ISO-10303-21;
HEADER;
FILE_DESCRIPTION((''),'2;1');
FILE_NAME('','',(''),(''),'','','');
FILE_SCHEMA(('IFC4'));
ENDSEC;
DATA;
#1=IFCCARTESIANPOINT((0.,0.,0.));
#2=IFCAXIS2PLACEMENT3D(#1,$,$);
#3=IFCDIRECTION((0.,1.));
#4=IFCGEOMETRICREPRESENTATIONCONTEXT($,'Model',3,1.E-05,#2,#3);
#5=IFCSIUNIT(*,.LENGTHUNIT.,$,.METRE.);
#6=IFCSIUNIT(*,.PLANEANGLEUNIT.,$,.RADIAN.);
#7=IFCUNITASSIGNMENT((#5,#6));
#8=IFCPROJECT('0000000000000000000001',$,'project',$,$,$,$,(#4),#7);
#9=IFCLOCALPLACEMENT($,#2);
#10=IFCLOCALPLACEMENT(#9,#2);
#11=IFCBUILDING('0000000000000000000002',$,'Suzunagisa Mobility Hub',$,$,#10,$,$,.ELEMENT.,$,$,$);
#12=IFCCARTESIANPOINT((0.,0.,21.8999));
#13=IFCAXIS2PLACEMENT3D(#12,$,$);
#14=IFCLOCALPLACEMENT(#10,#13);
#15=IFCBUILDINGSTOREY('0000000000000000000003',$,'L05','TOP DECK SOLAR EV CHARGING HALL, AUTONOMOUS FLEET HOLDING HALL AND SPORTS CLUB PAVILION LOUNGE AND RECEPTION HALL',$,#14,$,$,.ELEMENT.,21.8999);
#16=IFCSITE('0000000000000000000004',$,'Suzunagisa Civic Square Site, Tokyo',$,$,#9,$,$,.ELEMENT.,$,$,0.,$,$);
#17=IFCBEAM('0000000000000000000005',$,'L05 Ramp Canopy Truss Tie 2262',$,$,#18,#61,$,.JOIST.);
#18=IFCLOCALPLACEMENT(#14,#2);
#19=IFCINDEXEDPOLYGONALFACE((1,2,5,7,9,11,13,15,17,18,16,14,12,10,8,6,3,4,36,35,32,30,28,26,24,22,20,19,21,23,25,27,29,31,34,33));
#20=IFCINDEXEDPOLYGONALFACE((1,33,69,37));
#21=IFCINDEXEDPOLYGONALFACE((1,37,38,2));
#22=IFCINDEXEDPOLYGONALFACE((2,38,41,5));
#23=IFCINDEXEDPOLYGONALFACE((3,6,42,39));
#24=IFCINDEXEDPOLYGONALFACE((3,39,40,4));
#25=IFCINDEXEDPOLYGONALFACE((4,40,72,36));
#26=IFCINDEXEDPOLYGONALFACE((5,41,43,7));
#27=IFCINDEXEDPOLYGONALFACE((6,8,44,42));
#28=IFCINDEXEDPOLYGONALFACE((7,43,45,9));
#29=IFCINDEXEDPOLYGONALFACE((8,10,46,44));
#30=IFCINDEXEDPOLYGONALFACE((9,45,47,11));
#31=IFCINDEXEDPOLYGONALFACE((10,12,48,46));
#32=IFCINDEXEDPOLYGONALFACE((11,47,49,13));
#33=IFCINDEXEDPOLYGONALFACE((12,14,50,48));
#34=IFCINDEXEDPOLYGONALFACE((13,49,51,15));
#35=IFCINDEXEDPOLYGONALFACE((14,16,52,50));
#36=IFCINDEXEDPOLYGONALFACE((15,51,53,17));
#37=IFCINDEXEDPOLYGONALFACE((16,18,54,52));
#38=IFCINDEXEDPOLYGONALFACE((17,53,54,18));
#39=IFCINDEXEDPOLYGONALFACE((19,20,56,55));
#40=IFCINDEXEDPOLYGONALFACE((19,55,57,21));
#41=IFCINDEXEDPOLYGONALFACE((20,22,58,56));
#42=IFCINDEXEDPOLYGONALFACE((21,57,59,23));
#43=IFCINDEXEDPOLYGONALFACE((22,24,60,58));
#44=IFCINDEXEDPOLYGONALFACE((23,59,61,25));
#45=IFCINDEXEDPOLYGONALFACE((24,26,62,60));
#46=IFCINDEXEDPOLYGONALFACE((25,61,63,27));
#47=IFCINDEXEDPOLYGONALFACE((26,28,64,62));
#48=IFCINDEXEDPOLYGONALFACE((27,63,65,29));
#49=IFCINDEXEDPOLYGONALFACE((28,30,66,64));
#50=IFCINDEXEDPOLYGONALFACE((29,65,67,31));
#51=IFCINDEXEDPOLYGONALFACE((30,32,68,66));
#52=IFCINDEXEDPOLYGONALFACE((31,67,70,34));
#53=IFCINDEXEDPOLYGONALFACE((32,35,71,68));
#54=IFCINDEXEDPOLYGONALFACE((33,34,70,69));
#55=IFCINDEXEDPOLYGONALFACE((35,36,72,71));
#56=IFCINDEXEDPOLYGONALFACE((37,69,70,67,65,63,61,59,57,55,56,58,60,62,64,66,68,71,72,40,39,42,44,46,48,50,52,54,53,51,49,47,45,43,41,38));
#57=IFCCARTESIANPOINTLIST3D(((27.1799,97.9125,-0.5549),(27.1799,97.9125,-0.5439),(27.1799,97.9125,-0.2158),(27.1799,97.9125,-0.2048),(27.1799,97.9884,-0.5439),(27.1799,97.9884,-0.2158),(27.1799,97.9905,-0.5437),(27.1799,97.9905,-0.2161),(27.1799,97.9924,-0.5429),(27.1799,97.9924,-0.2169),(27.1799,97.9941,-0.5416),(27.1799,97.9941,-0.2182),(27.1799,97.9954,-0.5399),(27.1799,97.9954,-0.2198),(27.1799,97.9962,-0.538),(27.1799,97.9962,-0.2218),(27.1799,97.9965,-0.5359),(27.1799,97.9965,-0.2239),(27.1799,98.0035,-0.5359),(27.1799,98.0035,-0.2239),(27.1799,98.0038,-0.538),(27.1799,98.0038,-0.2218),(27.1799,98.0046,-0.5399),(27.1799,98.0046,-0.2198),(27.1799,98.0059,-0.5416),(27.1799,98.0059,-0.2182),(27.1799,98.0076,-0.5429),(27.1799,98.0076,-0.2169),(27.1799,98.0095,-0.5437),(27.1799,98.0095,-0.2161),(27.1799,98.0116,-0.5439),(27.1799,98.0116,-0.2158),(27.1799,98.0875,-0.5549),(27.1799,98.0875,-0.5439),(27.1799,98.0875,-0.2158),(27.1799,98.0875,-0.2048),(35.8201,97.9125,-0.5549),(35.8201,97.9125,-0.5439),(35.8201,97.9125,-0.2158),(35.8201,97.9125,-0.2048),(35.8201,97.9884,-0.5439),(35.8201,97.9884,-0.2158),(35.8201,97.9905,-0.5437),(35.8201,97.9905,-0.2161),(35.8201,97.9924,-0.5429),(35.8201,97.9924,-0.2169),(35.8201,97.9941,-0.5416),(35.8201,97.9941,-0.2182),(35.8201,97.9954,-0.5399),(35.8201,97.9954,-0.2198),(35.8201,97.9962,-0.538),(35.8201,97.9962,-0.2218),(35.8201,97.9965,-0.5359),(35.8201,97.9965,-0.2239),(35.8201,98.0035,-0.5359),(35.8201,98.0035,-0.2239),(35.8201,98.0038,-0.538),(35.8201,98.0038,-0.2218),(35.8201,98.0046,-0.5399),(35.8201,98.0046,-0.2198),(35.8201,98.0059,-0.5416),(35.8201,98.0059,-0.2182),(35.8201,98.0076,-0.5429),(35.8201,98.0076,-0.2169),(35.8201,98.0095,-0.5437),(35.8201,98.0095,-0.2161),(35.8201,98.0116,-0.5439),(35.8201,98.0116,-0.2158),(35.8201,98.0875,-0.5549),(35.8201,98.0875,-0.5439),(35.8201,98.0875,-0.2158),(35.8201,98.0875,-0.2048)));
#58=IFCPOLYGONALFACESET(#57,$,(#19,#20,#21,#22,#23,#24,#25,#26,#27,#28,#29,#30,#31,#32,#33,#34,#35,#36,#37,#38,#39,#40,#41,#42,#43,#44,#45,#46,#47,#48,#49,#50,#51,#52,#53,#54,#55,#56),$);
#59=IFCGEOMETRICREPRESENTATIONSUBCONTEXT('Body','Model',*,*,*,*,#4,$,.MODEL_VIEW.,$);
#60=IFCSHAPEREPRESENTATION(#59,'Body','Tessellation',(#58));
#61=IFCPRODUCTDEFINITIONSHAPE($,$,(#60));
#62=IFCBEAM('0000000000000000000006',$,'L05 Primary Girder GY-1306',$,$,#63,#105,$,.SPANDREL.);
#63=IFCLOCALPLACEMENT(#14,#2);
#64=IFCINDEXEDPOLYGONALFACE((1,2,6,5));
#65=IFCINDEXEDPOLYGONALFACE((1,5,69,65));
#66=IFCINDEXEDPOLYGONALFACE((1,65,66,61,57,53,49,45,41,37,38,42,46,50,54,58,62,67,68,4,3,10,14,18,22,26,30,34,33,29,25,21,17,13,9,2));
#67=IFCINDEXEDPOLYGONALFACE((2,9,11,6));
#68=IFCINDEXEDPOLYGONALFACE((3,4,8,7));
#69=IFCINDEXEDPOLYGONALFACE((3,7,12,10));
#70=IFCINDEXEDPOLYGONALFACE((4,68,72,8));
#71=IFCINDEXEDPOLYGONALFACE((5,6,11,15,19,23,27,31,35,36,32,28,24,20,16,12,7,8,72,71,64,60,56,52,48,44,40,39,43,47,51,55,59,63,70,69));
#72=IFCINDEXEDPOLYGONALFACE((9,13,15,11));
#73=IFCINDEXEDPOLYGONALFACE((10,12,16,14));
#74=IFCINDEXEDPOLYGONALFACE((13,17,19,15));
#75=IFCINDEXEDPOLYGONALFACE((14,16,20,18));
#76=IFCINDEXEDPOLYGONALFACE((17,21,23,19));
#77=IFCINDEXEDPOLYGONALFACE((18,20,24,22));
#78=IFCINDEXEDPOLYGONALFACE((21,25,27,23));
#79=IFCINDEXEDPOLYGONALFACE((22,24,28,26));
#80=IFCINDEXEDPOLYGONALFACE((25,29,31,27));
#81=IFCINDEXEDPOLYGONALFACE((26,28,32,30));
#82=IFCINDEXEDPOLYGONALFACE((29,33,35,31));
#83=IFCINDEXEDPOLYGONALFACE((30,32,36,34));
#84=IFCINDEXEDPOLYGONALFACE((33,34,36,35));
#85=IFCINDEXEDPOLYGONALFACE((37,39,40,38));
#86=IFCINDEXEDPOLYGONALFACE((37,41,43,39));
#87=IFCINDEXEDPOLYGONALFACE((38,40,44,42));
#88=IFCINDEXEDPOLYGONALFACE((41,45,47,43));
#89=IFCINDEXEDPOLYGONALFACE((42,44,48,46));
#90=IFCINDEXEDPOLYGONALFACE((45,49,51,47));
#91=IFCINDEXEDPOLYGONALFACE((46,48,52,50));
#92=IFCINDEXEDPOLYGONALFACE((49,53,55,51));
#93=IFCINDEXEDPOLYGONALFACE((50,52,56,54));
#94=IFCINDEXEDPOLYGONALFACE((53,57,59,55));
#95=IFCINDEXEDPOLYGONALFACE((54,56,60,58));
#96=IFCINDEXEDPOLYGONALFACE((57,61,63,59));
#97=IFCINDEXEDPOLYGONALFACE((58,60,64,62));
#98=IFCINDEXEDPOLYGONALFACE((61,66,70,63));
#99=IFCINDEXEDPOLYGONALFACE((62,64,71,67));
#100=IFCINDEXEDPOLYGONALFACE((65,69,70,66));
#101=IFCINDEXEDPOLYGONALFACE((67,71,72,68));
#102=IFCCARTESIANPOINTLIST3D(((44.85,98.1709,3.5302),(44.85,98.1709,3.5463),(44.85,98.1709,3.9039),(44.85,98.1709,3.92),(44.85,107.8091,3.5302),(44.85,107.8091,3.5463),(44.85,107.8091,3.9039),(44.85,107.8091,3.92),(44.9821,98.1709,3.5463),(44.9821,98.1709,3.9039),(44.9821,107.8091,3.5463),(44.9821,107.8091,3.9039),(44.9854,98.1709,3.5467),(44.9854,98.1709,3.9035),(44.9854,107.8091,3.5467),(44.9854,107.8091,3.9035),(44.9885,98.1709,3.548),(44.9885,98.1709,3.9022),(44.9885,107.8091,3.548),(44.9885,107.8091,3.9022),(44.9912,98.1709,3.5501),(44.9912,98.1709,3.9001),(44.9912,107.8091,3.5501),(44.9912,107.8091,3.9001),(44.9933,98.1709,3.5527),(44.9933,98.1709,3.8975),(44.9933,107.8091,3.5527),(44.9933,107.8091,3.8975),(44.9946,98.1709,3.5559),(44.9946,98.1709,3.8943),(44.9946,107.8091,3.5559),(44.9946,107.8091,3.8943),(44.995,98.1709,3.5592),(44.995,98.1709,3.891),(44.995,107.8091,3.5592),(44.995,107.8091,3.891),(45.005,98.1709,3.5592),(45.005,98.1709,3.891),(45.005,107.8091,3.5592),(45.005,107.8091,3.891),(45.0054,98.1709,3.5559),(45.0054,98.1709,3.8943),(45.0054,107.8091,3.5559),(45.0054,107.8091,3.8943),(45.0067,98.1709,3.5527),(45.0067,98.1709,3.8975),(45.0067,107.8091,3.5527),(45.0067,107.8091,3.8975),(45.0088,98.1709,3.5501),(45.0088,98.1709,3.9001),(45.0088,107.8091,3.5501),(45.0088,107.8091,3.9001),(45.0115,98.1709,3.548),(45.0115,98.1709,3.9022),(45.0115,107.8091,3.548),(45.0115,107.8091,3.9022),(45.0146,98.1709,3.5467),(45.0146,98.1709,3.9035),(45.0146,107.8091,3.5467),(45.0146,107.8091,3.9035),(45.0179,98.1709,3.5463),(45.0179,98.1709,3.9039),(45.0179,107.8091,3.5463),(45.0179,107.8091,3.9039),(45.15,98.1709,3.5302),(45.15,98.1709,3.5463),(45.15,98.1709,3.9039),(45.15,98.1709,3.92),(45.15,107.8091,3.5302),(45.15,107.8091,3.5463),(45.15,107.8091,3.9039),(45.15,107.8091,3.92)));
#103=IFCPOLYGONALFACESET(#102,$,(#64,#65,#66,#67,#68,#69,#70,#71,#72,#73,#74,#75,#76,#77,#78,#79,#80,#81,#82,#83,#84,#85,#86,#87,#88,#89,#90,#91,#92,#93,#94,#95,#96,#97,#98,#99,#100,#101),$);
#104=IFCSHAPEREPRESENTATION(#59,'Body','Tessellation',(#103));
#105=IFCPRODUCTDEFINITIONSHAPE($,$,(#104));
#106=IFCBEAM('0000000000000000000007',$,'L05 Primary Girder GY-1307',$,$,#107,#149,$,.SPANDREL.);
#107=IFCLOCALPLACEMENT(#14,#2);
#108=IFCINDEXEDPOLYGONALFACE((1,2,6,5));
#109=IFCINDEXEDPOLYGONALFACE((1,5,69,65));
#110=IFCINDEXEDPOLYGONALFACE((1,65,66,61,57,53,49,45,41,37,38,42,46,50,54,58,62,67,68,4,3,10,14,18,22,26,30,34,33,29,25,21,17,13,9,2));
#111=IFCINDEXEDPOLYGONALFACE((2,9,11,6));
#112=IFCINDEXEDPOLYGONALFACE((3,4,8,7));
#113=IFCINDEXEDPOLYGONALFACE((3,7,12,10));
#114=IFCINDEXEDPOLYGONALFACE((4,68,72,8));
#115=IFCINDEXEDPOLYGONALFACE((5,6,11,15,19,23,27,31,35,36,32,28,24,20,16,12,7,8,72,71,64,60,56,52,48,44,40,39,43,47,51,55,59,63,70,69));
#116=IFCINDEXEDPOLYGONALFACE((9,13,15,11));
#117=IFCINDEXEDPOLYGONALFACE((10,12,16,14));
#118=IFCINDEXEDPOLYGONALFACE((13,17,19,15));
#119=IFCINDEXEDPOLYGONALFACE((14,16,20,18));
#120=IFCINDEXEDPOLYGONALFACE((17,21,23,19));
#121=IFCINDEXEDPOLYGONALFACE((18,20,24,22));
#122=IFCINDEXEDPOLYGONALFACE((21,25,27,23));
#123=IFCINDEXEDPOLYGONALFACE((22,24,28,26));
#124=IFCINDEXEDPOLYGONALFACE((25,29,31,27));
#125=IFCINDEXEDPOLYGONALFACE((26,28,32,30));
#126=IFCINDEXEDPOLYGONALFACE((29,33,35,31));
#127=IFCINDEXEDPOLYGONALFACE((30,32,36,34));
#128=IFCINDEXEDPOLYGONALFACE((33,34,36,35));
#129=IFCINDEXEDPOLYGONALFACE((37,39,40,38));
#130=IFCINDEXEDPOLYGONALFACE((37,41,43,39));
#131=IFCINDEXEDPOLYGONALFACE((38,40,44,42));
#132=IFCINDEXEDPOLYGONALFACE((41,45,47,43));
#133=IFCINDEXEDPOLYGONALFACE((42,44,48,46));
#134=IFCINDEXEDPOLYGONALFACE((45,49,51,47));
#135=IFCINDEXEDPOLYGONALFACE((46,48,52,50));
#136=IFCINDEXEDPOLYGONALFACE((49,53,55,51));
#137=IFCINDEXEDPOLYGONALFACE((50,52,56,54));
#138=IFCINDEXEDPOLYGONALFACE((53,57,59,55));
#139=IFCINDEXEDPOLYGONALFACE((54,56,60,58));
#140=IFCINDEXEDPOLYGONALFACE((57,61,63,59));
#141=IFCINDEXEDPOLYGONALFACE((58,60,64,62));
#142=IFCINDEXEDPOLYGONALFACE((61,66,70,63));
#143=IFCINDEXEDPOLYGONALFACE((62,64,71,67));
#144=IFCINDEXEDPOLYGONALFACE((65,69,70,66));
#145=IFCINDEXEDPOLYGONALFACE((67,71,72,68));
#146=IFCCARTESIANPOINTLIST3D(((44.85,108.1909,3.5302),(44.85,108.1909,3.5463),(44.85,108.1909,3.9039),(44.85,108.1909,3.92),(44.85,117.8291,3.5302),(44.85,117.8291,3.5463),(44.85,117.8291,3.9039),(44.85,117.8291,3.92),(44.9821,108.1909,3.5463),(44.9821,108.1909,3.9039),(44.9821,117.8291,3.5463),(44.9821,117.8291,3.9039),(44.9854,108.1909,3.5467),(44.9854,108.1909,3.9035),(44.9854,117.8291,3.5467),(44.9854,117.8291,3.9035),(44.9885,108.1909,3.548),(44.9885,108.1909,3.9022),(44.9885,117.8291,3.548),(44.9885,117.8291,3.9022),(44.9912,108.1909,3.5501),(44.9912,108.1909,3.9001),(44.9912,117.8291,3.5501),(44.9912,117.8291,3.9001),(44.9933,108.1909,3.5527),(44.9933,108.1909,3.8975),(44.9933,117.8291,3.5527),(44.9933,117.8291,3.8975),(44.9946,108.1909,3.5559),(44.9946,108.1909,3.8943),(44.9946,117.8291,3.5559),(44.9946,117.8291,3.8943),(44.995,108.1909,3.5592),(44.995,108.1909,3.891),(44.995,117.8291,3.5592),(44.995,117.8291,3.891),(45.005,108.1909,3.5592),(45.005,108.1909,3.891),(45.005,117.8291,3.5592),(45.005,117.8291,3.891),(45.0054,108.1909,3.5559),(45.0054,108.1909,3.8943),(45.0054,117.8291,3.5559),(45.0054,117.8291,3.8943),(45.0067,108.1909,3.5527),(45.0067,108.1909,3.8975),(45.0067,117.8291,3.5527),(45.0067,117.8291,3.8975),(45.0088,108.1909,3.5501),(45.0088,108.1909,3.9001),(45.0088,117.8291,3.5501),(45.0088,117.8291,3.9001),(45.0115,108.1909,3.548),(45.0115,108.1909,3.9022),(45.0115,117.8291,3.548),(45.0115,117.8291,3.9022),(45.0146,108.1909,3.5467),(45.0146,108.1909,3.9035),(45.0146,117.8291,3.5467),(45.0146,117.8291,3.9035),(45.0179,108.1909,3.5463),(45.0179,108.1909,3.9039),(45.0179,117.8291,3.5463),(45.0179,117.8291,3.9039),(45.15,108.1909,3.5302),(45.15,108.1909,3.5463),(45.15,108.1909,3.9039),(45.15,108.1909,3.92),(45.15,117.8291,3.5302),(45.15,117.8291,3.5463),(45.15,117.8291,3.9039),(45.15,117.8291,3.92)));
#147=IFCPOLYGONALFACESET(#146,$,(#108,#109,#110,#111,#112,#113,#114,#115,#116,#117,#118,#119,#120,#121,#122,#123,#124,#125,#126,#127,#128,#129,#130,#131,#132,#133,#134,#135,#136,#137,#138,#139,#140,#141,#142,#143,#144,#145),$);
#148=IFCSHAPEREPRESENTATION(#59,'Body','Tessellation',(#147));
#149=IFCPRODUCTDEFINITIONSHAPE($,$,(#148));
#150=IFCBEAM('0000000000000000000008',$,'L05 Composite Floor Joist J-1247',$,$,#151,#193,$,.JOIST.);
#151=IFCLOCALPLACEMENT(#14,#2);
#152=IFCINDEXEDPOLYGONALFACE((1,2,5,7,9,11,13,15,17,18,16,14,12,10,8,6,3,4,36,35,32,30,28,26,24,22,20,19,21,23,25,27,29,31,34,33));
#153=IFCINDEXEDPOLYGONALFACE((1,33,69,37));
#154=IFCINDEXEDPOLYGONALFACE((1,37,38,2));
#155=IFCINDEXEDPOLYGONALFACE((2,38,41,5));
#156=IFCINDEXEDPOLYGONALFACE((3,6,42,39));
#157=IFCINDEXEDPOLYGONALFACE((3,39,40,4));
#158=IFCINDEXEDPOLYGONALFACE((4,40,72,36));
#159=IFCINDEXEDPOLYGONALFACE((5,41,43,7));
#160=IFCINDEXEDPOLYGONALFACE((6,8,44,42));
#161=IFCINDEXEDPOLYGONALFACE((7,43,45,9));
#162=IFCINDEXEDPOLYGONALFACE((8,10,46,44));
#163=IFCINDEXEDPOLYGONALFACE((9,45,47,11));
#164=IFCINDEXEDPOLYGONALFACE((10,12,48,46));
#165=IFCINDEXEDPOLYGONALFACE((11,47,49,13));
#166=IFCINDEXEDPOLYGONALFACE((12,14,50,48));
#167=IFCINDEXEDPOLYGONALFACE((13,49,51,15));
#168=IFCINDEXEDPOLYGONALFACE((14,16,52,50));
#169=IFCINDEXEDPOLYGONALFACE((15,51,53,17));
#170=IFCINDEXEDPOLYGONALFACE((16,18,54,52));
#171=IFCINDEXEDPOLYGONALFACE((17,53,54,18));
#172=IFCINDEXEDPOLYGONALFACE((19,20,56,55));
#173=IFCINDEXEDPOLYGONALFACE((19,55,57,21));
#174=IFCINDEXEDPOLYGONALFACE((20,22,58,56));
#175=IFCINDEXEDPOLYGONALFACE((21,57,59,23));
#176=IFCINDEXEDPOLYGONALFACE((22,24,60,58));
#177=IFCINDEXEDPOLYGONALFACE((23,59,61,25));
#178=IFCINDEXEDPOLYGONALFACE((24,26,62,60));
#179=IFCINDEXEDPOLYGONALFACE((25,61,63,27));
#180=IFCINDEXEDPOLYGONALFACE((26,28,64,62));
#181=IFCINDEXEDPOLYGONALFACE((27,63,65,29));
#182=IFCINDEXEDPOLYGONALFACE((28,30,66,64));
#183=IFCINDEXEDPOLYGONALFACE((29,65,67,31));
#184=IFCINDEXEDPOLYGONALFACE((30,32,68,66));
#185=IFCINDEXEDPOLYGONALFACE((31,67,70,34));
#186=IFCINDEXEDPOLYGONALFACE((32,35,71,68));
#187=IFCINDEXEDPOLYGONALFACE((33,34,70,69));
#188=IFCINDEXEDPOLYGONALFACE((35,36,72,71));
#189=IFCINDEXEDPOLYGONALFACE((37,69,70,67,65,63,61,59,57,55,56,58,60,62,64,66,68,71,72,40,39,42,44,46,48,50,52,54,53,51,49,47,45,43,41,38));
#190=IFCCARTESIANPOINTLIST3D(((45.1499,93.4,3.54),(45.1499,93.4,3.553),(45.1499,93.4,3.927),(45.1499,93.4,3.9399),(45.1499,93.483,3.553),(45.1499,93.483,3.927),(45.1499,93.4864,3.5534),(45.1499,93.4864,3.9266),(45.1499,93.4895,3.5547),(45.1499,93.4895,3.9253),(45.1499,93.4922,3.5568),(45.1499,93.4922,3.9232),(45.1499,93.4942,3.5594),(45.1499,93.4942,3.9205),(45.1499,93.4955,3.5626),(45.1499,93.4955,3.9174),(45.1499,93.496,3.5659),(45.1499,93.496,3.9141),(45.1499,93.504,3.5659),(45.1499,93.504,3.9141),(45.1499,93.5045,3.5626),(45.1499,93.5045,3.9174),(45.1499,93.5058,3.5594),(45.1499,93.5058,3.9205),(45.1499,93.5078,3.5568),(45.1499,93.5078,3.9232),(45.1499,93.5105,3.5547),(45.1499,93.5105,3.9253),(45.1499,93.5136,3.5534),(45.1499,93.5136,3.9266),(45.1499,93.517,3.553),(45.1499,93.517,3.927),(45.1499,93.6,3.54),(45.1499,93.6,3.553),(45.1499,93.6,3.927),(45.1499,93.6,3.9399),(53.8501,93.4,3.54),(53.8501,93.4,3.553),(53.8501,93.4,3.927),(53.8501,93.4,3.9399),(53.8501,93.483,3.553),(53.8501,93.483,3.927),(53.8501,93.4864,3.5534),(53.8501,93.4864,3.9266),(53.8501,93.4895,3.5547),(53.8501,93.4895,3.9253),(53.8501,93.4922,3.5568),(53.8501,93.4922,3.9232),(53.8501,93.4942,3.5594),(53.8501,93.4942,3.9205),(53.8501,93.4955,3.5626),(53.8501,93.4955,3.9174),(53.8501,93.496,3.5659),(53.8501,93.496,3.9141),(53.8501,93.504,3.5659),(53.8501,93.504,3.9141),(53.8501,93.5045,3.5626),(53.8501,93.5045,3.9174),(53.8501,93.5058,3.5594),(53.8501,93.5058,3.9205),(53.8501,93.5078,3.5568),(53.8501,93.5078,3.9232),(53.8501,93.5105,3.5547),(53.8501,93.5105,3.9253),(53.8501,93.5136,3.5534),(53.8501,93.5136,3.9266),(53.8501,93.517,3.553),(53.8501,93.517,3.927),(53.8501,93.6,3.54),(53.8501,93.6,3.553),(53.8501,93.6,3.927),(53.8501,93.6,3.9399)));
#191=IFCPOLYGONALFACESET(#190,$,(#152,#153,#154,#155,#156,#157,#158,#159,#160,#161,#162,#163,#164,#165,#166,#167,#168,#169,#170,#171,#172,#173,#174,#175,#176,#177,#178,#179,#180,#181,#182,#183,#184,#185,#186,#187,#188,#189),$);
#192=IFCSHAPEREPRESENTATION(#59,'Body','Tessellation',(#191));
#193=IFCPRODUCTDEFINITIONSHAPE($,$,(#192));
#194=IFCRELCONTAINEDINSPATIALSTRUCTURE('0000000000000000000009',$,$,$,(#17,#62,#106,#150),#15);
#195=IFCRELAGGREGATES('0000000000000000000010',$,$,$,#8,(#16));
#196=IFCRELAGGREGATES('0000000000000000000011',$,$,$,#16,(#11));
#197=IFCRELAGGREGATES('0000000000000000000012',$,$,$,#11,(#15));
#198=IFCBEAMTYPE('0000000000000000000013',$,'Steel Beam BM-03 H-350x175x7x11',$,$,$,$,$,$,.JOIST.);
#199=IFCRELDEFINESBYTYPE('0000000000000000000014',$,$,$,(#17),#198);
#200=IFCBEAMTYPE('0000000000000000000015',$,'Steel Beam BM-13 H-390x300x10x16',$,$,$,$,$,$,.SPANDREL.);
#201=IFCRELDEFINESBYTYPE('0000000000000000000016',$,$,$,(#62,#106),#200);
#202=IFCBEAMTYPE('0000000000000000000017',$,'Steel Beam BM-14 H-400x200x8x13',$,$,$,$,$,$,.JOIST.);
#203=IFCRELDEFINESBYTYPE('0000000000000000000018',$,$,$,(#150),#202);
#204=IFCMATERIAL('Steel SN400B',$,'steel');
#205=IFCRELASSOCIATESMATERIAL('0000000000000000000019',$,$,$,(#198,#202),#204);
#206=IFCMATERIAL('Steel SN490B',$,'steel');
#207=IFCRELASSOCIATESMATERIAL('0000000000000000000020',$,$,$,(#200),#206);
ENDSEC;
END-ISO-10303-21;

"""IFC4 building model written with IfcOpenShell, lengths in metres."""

from ifc_helpers import new_model, si_unit, direction, frame, origin, origin_2d, place, context, subcontext, project, spatial, i_section, extrude, material, material_profile, profile_set, type_object, element, save


model = new_model("IFC4")

# Units and contexts
model_context = context("Model", 3, precision=1e-05, world=origin(), true_north=direction((0.0, 1.0)))
body_context = subcontext(model_context, "Body", "Model", "MODEL_VIEW")
ifc_project = project(units=[si_unit("LENGTHUNIT", "METRE"), si_unit("PLANEANGLEUNIT", "RADIAN")], contexts=[model_context])

# Site, building, storey
site_placement = place(None, origin())
site = spatial("IfcSite", under=ifc_project, at=site_placement, Name="Suzunagisa Civic Square Site, Tokyo", CompositionType="ELEMENT", RefElevation=0.0)
building_placement = place(site_placement, origin())
building = spatial("IfcBuilding", under=site, at=building_placement, Name="Suzunagisa Mobility Hub", CompositionType="ELEMENT")
storey_placement = place(building_placement, frame((0.0, 0.0, 21.8999)))
storey = spatial("IfcBuildingStorey", under=building, at=storey_placement, Name="L05", Description="TOP DECK SOLAR EV CHARGING HALL, AUTONOMOUS FLEET HOLDING HALL AND SPORTS CLUB PAVILION LOUNGE AND RECEPTION HALL", CompositionType="ELEMENT", Elevation=21.8999)

# Shared definitions
ifc_material_1 = material(Name="Steel SN490B", Category="steel")

# Shared definitions
ifc_material_2 = material(Name="Steel SN400B", Category="steel")

# Beams
ifc_material_profile_1 = material_profile(ifc_material_2, i_section(OverallWidth=0.175, OverallDepth=0.3501, WebThickness=0.0071, FlangeThickness=0.011, FilletRadius=0.0081, at=origin_2d()), Name="H-350x175x7x11")
ifc_profile_set_1 = profile_set([ifc_material_profile_1], Name="Steel SN400B")
beam_type_1 = type_object("IfcBeamType", Name="Steel Beam BM-03 H-350x175x7x11", PredefinedType="JOIST", material=ifc_profile_set_1)
beam_1_placement = place(storey_placement, frame((27.1799, 98.0, -0.3799), z_axis=(1.0, 0.0, 0.0), x_axis=(0.0, 1.0, 0.0)))
element("IfcBeam", 1, at=beam_1_placement, inside=storey, type_object=beam_type_1, Name="L05 Ramp Canopy Truss Tie 2262", PredefinedType="JOIST", context=body_context, shape_type="SweptSolid", body=[
    extrude(i_section(OverallWidth=0.175, OverallDepth=0.3501, WebThickness=0.0071, FlangeThickness=0.011, FilletRadius=0.0081, at=origin_2d()), origin(), (0.0, 0.0, 1.0), 8.6401),
])
ifc_material_profile_2 = material_profile(ifc_material_1, i_section(OverallWidth=0.3, OverallDepth=0.3899, WebThickness=0.01, FlangeThickness=0.0161, FilletRadius=0.0129, at=origin_2d()), Name="H-390x300x10x16")
ifc_profile_set_2 = profile_set([ifc_material_profile_2], Name="Steel SN490B")
beam_type_2 = type_object("IfcBeamType", Name="Steel Beam BM-13 H-390x300x10x16", PredefinedType="SPANDREL", material=ifc_profile_set_2)
for number, where, z_axis, x_axis, name in (
    (2, (45.0, 98.1709, 3.7251), (0.0, 1.0, 0.0), (-1.0, 0.0, 0.0), "L05 Primary Girder GY-1306"),
    (3, (45.0, 108.1909, 3.7251), (0.0, 1.0, 0.0), (-1.0, 0.0, 0.0), "L05 Primary Girder GY-1307"),
):
    element("IfcBeam", number, at=place(storey_placement, frame(where, z_axis=z_axis, x_axis=x_axis)), inside=storey, type_object=beam_type_2, Name=name, PredefinedType="SPANDREL", context=body_context, shape_type="SweptSolid", body=[
        extrude(i_section(OverallWidth=0.3, OverallDepth=0.3899, WebThickness=0.01, FlangeThickness=0.0161, FilletRadius=0.0129, at=origin_2d()), origin(), (0.0, 0.0, 1.0), 9.6382),
    ])
ifc_material_profile_3 = material_profile(ifc_material_2, i_section(OverallWidth=0.2, OverallDepth=0.3999, WebThickness=0.0081, FlangeThickness=0.0129, FilletRadius=0.0129, at=origin_2d()), Name="H-400x200x8x13")
ifc_profile_set_3 = profile_set([ifc_material_profile_3], Name="Steel SN400B")
beam_type_3 = type_object("IfcBeamType", Name="Steel Beam BM-14 H-400x200x8x13", PredefinedType="JOIST", material=ifc_profile_set_3)
beam_2_placement = place(storey_placement, frame((45.1499, 93.5, 3.74), z_axis=(1.0, 0.0, 0.0), x_axis=(0.0, 1.0, 0.0)))
element("IfcBeam", 4, at=beam_2_placement, inside=storey, type_object=beam_type_3, Name="L05 Composite Floor Joist J-1247", PredefinedType="JOIST", context=body_context, shape_type="SweptSolid", body=[
    extrude(i_section(OverallWidth=0.2, OverallDepth=0.3999, WebThickness=0.0081, FlangeThickness=0.0129, FilletRadius=0.0129, at=origin_2d()), origin(), (0.0, 0.0, 1.0), 8.7002),
])

save(model, "model.ifc")
